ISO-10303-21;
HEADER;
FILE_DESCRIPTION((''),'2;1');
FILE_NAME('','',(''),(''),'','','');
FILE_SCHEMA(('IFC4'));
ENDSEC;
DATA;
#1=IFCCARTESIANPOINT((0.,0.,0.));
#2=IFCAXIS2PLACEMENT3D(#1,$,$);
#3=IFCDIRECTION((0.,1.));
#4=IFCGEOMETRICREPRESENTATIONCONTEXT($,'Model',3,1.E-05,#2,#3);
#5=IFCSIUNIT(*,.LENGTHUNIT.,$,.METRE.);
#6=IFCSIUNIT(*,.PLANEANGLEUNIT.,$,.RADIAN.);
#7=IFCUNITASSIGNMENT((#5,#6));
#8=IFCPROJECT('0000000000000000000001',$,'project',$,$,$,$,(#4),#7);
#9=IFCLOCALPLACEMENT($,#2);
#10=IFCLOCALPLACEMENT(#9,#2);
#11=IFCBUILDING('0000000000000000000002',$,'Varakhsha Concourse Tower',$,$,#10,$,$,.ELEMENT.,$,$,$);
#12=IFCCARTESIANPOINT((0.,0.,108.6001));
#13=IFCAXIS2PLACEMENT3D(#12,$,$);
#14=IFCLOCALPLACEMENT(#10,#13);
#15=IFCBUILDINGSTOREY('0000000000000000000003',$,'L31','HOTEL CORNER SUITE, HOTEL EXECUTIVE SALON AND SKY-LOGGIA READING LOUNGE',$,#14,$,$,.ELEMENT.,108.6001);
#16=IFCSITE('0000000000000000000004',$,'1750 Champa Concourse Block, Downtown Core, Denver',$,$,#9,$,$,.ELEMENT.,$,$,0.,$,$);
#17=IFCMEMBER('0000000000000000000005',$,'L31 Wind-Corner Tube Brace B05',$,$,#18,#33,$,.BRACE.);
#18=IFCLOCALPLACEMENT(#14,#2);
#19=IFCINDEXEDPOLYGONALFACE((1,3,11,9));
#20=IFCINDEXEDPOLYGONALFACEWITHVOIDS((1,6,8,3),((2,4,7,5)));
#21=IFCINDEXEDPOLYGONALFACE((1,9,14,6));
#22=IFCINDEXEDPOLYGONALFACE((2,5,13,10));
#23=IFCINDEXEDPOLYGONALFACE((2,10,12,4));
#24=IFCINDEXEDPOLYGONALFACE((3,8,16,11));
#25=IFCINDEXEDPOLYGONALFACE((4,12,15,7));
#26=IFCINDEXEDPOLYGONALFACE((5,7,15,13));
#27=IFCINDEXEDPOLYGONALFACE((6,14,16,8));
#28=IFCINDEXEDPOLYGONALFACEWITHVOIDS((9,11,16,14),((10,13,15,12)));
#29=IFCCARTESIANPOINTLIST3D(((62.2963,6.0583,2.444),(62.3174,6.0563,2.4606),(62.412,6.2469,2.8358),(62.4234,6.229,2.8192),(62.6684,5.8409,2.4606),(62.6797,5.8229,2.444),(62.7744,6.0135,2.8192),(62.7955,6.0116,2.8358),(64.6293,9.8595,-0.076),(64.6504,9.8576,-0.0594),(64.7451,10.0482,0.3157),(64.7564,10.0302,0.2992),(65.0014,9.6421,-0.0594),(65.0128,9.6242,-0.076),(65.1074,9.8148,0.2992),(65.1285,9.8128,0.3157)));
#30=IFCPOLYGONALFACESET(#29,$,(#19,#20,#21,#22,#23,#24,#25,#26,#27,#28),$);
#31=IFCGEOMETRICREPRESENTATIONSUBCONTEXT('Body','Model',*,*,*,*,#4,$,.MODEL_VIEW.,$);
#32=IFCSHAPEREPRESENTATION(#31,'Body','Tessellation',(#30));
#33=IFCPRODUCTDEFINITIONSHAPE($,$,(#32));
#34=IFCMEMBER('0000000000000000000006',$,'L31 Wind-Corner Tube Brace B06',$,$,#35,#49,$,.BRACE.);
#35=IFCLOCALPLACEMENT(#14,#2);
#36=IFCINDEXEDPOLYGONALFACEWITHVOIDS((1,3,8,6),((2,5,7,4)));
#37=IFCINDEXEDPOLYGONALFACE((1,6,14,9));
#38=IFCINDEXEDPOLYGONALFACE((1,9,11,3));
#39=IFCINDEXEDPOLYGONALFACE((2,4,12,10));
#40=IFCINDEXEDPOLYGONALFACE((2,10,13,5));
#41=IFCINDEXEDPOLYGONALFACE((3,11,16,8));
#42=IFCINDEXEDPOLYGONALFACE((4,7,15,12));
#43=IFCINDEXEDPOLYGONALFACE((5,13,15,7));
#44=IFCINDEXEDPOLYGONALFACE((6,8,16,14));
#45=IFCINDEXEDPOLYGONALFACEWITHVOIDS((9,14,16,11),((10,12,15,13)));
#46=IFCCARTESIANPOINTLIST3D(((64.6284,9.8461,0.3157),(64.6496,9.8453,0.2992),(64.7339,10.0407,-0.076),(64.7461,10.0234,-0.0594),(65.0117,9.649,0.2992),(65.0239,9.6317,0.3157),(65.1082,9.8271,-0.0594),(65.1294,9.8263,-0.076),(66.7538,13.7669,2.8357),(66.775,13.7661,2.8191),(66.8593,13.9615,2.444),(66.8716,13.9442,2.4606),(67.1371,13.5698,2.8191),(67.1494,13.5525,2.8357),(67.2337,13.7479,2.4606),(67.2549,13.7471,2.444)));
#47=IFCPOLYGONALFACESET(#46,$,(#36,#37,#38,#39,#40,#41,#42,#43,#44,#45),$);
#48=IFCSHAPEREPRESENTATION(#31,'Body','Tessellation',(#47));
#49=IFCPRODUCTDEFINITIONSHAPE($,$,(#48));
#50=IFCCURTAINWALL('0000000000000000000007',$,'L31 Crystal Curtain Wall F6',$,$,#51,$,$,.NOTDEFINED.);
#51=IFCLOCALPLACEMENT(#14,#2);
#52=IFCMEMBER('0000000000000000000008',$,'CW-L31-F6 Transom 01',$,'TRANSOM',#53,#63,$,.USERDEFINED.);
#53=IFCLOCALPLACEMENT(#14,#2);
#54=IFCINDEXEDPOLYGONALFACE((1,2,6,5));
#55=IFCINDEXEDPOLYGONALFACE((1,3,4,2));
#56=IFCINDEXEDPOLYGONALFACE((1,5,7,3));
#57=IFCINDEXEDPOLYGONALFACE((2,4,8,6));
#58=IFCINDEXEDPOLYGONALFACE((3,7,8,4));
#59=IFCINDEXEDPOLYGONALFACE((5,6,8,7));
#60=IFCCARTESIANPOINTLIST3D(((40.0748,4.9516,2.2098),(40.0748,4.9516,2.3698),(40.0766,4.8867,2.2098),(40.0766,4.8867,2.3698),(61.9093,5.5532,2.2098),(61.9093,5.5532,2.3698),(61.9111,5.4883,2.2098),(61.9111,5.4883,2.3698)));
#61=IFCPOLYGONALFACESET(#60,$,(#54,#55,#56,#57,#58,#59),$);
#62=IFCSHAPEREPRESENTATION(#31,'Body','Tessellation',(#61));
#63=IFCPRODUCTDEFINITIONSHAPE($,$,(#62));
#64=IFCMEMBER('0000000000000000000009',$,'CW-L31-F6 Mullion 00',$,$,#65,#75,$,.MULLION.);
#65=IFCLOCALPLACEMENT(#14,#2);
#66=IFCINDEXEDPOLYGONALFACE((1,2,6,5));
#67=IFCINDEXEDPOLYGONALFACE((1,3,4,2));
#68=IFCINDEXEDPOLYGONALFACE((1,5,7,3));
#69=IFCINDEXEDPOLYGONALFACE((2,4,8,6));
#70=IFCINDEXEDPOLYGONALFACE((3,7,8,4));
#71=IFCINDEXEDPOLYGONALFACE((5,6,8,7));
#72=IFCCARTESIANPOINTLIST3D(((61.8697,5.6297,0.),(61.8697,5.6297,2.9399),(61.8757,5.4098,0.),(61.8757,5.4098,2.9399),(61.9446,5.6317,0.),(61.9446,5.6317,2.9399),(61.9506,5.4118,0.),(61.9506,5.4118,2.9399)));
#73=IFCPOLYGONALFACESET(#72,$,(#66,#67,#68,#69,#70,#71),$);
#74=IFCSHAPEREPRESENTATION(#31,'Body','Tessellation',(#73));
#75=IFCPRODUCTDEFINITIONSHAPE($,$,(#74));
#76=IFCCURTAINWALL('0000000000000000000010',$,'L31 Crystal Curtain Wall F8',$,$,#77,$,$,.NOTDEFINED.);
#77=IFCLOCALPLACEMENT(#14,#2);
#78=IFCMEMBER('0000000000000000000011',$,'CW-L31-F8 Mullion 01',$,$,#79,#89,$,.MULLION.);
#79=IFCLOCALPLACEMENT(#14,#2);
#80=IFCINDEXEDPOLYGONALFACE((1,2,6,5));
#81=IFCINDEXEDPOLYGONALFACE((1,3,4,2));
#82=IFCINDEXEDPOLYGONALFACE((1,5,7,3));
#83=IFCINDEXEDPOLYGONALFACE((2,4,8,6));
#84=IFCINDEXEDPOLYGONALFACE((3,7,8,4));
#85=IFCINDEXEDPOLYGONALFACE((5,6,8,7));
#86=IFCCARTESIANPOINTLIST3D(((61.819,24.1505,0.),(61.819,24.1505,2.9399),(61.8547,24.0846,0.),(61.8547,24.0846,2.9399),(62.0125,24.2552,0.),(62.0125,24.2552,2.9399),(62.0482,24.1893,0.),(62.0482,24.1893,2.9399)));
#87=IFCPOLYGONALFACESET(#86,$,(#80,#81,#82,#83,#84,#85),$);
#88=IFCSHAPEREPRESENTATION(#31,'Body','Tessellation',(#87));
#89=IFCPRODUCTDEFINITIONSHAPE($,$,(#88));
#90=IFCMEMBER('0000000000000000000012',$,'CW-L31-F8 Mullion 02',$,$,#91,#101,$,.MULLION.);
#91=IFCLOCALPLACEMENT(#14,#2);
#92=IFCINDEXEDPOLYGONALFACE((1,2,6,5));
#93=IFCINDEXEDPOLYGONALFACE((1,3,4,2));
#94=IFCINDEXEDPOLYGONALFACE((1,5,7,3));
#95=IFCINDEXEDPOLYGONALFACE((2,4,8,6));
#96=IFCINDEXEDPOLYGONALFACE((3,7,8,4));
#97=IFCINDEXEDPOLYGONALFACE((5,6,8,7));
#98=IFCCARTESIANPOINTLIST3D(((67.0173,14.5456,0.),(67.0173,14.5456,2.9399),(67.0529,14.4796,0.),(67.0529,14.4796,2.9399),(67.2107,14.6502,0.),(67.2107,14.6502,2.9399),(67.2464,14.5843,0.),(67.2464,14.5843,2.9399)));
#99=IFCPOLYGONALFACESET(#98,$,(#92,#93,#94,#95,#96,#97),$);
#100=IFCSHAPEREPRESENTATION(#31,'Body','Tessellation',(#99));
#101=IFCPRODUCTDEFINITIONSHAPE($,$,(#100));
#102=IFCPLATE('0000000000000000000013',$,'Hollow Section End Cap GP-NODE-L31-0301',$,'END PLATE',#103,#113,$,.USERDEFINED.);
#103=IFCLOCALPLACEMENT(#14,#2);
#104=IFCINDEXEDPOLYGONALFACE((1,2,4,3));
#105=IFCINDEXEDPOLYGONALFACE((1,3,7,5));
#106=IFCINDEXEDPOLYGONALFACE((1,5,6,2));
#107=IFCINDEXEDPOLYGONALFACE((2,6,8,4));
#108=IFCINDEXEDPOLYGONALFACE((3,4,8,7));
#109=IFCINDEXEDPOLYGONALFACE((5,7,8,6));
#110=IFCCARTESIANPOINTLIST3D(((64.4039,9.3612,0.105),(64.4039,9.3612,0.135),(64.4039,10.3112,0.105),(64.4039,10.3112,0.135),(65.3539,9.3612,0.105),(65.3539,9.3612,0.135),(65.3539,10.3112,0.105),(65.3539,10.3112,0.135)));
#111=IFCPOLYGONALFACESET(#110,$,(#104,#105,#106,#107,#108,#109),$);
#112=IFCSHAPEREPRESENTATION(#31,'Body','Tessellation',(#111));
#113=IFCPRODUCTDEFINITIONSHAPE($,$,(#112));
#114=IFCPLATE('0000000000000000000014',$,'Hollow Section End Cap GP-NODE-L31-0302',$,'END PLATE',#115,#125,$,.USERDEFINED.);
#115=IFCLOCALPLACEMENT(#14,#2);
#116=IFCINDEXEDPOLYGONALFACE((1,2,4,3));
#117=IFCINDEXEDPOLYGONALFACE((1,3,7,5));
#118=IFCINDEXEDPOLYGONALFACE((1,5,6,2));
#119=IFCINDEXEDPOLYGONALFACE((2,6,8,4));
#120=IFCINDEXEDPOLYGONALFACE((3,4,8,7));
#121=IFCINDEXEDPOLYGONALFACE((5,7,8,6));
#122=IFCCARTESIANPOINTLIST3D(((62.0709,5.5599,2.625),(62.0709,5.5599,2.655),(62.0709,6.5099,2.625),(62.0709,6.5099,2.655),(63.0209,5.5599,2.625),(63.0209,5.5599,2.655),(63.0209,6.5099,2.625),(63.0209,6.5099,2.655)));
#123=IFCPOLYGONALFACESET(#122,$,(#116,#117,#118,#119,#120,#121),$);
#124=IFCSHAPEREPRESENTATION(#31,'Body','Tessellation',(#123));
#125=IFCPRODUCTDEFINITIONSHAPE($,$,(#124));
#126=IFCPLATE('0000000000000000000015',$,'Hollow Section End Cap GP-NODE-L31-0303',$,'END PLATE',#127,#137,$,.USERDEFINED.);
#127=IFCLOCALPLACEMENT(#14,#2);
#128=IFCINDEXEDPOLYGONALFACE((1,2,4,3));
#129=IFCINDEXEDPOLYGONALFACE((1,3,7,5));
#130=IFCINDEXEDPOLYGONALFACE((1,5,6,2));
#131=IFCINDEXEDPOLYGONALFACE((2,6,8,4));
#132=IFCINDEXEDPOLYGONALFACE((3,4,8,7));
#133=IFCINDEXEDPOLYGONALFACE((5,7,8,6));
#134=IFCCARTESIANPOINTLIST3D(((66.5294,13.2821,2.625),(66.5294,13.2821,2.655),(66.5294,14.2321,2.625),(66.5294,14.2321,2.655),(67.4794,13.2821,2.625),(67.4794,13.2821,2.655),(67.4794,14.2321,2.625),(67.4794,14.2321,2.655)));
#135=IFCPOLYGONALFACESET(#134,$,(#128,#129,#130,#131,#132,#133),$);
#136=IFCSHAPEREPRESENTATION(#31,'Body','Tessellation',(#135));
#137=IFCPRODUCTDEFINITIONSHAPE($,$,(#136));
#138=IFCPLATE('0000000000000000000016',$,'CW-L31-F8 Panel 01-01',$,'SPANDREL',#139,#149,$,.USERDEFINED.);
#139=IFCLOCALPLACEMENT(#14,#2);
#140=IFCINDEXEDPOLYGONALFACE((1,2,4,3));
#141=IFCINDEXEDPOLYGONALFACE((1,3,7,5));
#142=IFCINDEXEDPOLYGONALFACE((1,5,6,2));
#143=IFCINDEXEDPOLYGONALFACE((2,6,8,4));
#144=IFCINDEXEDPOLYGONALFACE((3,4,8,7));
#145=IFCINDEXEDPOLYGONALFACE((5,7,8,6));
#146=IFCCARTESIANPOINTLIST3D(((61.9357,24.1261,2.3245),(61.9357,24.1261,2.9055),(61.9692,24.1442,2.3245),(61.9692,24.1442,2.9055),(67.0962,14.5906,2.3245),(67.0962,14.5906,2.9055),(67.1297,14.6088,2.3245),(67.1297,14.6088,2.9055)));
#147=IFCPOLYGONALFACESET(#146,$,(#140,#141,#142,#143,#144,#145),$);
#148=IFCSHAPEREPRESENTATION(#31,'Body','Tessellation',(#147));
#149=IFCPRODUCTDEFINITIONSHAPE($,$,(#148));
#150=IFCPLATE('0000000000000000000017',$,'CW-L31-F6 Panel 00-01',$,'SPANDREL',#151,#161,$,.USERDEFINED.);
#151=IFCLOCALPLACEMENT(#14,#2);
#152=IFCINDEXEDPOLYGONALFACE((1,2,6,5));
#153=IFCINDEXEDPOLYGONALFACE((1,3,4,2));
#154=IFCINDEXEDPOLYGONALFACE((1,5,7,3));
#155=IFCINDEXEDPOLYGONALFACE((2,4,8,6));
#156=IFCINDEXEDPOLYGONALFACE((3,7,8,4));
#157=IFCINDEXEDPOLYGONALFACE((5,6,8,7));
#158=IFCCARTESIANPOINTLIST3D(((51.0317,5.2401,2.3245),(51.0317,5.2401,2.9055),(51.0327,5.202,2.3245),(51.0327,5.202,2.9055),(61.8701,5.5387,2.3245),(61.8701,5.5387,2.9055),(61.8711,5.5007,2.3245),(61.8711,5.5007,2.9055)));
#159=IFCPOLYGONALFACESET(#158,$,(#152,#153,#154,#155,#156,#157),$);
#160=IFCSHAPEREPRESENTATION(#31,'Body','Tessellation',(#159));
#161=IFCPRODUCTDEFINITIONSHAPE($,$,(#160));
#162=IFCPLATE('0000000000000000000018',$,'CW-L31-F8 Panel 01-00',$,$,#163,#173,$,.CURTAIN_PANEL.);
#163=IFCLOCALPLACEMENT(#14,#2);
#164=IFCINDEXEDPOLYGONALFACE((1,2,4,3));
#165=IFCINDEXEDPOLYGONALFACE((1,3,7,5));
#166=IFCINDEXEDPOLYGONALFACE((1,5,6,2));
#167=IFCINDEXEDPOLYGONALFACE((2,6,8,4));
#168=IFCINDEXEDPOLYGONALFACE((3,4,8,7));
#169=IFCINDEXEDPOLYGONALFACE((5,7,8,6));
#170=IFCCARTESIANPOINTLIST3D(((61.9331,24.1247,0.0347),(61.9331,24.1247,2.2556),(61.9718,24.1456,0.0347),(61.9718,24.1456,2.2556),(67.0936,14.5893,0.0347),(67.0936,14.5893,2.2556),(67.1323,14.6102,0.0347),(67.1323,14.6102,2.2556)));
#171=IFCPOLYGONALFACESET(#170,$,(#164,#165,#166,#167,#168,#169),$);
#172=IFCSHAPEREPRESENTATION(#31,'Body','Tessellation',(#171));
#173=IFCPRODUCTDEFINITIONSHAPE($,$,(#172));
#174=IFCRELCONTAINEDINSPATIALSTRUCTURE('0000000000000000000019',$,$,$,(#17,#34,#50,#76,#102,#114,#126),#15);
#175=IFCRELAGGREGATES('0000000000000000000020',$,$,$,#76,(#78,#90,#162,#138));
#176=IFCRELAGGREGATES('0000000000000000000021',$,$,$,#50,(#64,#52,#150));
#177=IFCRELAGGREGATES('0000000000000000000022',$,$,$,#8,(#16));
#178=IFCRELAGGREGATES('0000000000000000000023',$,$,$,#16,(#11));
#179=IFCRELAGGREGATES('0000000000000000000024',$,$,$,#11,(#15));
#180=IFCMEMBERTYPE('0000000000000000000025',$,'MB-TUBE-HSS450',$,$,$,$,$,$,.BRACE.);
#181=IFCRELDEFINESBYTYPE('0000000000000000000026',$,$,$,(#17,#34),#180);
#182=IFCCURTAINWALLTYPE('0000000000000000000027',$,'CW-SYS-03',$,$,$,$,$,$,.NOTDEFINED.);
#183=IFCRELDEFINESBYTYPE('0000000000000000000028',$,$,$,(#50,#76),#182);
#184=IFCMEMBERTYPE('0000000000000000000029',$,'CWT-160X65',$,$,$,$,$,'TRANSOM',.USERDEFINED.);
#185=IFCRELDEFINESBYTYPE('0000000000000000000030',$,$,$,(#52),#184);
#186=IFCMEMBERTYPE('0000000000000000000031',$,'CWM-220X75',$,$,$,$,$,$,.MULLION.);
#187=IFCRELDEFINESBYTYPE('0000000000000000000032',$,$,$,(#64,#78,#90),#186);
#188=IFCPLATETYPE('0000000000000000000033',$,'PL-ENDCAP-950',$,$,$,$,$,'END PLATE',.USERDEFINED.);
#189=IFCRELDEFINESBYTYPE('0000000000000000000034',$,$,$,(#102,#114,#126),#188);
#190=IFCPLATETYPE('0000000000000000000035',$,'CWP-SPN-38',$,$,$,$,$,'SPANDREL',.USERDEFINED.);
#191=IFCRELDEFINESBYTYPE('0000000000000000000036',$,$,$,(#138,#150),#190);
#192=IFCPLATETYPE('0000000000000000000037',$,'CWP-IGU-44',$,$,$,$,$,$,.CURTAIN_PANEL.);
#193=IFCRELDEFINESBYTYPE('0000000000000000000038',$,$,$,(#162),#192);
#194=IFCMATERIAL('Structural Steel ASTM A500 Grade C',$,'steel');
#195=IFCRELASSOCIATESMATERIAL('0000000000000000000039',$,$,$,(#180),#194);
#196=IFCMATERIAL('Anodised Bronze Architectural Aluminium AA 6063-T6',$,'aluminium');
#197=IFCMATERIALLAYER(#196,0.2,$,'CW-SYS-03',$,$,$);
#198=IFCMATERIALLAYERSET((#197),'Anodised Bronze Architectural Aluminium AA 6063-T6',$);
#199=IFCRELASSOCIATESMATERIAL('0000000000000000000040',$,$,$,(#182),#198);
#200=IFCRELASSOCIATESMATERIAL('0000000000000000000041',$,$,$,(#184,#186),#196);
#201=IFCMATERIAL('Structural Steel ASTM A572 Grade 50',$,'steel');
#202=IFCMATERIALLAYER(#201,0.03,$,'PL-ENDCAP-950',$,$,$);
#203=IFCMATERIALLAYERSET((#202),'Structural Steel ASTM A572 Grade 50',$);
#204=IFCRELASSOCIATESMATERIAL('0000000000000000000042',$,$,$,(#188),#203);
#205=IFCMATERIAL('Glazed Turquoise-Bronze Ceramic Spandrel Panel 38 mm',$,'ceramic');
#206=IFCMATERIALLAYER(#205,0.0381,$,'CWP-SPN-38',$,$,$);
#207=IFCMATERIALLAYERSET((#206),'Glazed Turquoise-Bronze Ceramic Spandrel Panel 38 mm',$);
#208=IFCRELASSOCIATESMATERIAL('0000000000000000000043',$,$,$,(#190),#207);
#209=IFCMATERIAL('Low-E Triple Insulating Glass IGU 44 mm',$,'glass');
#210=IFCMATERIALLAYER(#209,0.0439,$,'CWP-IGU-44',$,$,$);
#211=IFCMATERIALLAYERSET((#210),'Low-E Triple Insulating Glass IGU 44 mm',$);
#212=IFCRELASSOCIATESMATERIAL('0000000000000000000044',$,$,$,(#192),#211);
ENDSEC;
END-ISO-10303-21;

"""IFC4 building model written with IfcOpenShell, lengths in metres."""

from ifc_helpers import new_model, si_unit, direction, frame, origin, origin_2d, place, context, subcontext, project, spatial, rectangle, hollow_rectangle, extrude, source, transform, mapped, material, layer, layer_set, material_profile, profile_set, type_object, type_shapes, element, aggregate, save


model = new_model("IFC4")

# Units and contexts
model_context = context("Model", 3, precision=1e-05, world=origin(), true_north=direction((0.0, 1.0)))
body_context = subcontext(model_context, "Body", "Model", "MODEL_VIEW")
ifc_project = project(units=[si_unit("LENGTHUNIT", "METRE"), si_unit("PLANEANGLEUNIT", "RADIAN")], contexts=[model_context])

# Site, building, storey
site_placement = place(None, origin())
site = spatial("IfcSite", under=ifc_project, at=site_placement, Name="1750 Champa Concourse Block, Downtown Core, Denver", CompositionType="ELEMENT", RefElevation=0.0)
building_placement = place(site_placement, origin())
building = spatial("IfcBuilding", under=site, at=building_placement, Name="Varakhsha Concourse Tower", CompositionType="ELEMENT")
storey_placement = place(building_placement, frame((0.0, 0.0, 108.6001)))
storey = spatial("IfcBuildingStorey", under=building, at=storey_placement, Name="L31", Description="HOTEL CORNER SUITE, HOTEL EXECUTIVE SALON AND SKY-LOGGIA READING LOUNGE", CompositionType="ELEMENT", Elevation=108.6001)

# Shared definitions
ifc_material_1 = material(Name="Structural Steel ASTM A572 Grade 50", Category="steel")

# Members
ifc_material_2 = material(Name="Structural Steel ASTM A500 Grade C", Category="steel")
ifc_material_profile_1 = material_profile(ifc_material_2, hollow_rectangle(XDim=0.45, YDim=0.45, WallThickness=0.019, at=origin_2d()), Name="HSS 450x450x19")
ifc_profile_set_1 = profile_set([ifc_material_profile_1], Name="Structural Steel ASTM A500 Grade C")
member_type_1 = type_object("IfcMemberType", Name="MB-TUBE-HSS450", PredefinedType="BRACE", material=ifc_profile_set_1)
shared_shape_1 = source(origin(), body_context, "Body", "SweptSolid", [
    extrude(hollow_rectangle(XDim=0.45, YDim=0.45, WallThickness=0.019, at=origin_2d()), origin(), (0.0, 0.0, 1.0), 5.1228),
])
member_1_placement = place(storey_placement, frame((64.8789, 9.8362, 0.1199), z_axis=(-0.455417, -0.74203, 0.491922), x_axis=(0.852282, -0.523083, 0.0)))
element("IfcMember", 1, at=member_1_placement, inside=storey, type_object=member_type_1, Name="L31 Wind-Corner Tube Brace B05", PredefinedType="BRACE", context=body_context, shape_type="MappedRepresentation", body=[
    mapped(shared_shape_1, transform((0.0, 0.0, 0.0), scale=1.0)),
])
shared_shape_2 = source(origin(), body_context, "Body", "SweptSolid", [
    extrude(hollow_rectangle(XDim=0.45, YDim=0.45, WallThickness=0.019, at=origin_2d()), origin(), (0.0, 0.0, 1.0), 5.1226),
])
type_shapes(member_type_1, [shared_shape_1, shared_shape_2])
member_2_placement = place(storey_placement, frame((64.8789, 9.8362, 0.1199), z_axis=(0.414919, 0.765403, 0.491936), x_axis=(-0.879135, 0.476572, 0.0)))
element("IfcMember", 2, at=member_2_placement, inside=storey, type_object=member_type_1, Name="L31 Wind-Corner Tube Brace B06", PredefinedType="BRACE", context=body_context, shape_type="MappedRepresentation", body=[
    mapped(shared_shape_2, transform((0.0, 0.0, 0.0), scale=1.0)),
])

# Curtain walls, members
ifc_material_3 = material(Name="Anodised Bronze Architectural Aluminium AA 6063-T6", Category="aluminium")
ifc_layer_1 = layer(ifc_material_3, 0.2, Name="CW-SYS-03")
ifc_layer_set_1 = layer_set([ifc_layer_1], Name="Anodised Bronze Architectural Aluminium AA 6063-T6")
curtain_wall_type = type_object("IfcCurtainWallType", Name="CW-SYS-03", PredefinedType="NOTDEFINED", material=ifc_layer_set_1)
curtain_wall_1_placement = place(storey_placement, origin())
curtain_wall_1 = element("IfcCurtainWall", 3, at=curtain_wall_1_placement, inside=storey, type_object=curtain_wall_type, Name="L31 Crystal Curtain Wall F6", PredefinedType="NOTDEFINED")
ifc_material_profile_2 = material_profile(ifc_material_3, rectangle(XDim=0.0649, YDim=0.1599, at=origin_2d()), Name="CWT-160X65")
ifc_profile_set_2 = profile_set([ifc_material_profile_2], Name="Anodised Bronze Architectural Aluminium AA 6063-T6")
member_type_2 = type_object("IfcMemberType", Name="CWT-160X65", ElementType="TRANSOM", PredefinedType="USERDEFINED", material=ifc_profile_set_2)
shared_shape_3 = source(origin(), body_context, "Body", "SweptSolid", [
    extrude(rectangle(XDim=0.0649, YDim=0.1599, at=origin_2d()), origin(), (0.0, 0.0, 1.0), 21.8428),
])
type_shapes(member_type_2, [shared_shape_3])
member_3_placement = place(storey_placement, frame((61.9102, 5.5208, 2.2898), z_axis=(-0.999621, -0.027541, 0.0), x_axis=(0.027541, -0.999621, 0.0)))
member_3 = element("IfcMember", 4, at=member_3_placement, type_object=member_type_2, Name="CW-L31-F6 Transom 01", ObjectType="TRANSOM", PredefinedType="USERDEFINED", context=body_context, shape_type="MappedRepresentation", body=[
    mapped(shared_shape_3, transform((0.0, 0.0, 0.0), scale=1.0)),
])
ifc_material_profile_3 = material_profile(ifc_material_3, rectangle(XDim=0.075, YDim=0.22, at=origin_2d()), Name="CWM-220X75")
ifc_profile_set_3 = profile_set([ifc_material_profile_3], Name="Anodised Bronze Architectural Aluminium AA 6063-T6")
member_type_3 = type_object("IfcMemberType", Name="CWM-220X75", PredefinedType="MULLION", material=ifc_profile_set_3)
shared_shape_4 = source(origin(), body_context, "Body", "SweptSolid", [
    extrude(rectangle(XDim=0.075, YDim=0.22, at=origin_2d()), origin(), (0.0, 0.0, 1.0), 2.9399),
])
type_shapes(member_type_3, [shared_shape_4])
member_4_placement = place(storey_placement, frame((61.9102, 5.5208, 0.0), z_axis=(0.0, 0.0, 1.0), x_axis=(-0.999621, -0.027547, 0.0)))
member_4 = element("IfcMember", 5, at=member_4_placement, type_object=member_type_3, Name="CW-L31-F6 Mullion 00", PredefinedType="MULLION", context=body_context, shape_type="MappedRepresentation", body=[
    mapped(shared_shape_4, transform((0.0, 0.0, 0.0), scale=1.0)),
])
curtain_wall_2_placement = place(storey_placement, origin())
curtain_wall_2 = element("IfcCurtainWall", 6, at=curtain_wall_2_placement, inside=storey, type_object=curtain_wall_type, Name="L31 Crystal Curtain Wall F8", PredefinedType="NOTDEFINED")
member_5_placement = place(storey_placement, frame((61.9336, 24.1699, 0.0), z_axis=(0.0, 0.0, 1.0), x_axis=(0.475959, -0.879468, 0.0)))
member_5 = element("IfcMember", 7, at=member_5_placement, type_object=member_type_3, Name="CW-L31-F8 Mullion 01", PredefinedType="MULLION", context=body_context, shape_type="MappedRepresentation", body=[
    mapped(shared_shape_4, transform((0.0, 0.0, 0.0), scale=1.0)),
])
member_6_placement = place(storey_placement, frame((67.1318, 14.5649, 0.0), z_axis=(0.0, 0.0, 1.0), x_axis=(0.475959, -0.879468, 0.0)))
member_6 = element("IfcMember", 8, at=member_6_placement, type_object=member_type_3, Name="CW-L31-F8 Mullion 02", PredefinedType="MULLION", context=body_context, shape_type="MappedRepresentation", body=[
    mapped(shared_shape_4, transform((0.0, 0.0, 0.0), scale=1.0)),
])

# Plates
ifc_layer_2 = layer(ifc_material_1, 0.03, Name="PL-ENDCAP-950")
ifc_layer_set_2 = layer_set([ifc_layer_2], Name="Structural Steel ASTM A572 Grade 50")
plate_type_1 = type_object("IfcPlateType", Name="PL-ENDCAP-950", ElementType="END PLATE", PredefinedType="USERDEFINED", material=ifc_layer_set_2)
shared_shape_5 = source(origin(), body_context, "Body", "SweptSolid", [
    extrude(rectangle(XDim=0.95, YDim=0.95, at=origin_2d()), origin(), (0.0, 0.0, 1.0), 0.03),
])
type_shapes(plate_type_1, [shared_shape_5])
for number, where, z_axis, x_axis, name in (
    (9, (64.8789, 9.8362, 0.105), (0.0, 0.0, 1.0), (1.0, 0.0, 0.0), "Hollow Section End Cap GP-NODE-L31-0301"),
    (10, (62.5459, 6.0349, 2.625), (0.0, 0.0, 1.0), (1.0, 0.0, 0.0), "Hollow Section End Cap GP-NODE-L31-0302"),
    (11, (67.0044, 13.7571, 2.625), (0.0, 0.0, 1.0), (1.0, 0.0, 0.0), "Hollow Section End Cap GP-NODE-L31-0303"),
):
    element("IfcPlate", number, at=place(storey_placement, frame(where, z_axis=z_axis, x_axis=x_axis)), inside=storey, type_object=plate_type_1, Name=name, ObjectType="END PLATE", PredefinedType="USERDEFINED", context=body_context, shape_type="MappedRepresentation", body=[
        mapped(shared_shape_5, transform((0.0, 0.0, 0.0), scale=1.0)),
    ])

# Plates
ifc_material_4 = material(Name="Glazed Turquoise-Bronze Ceramic Spandrel Panel 38 mm", Category="ceramic")
ifc_layer_3 = layer(ifc_material_4, 0.0381, Name="CWP-SPN-38")
ifc_layer_set_3 = layer_set([ifc_layer_3], Name="Glazed Turquoise-Bronze Ceramic Spandrel Panel 38 mm")
plate_type_2 = type_object("IfcPlateType", Name="CWP-SPN-38", ElementType="SPANDREL", PredefinedType="USERDEFINED", material=ifc_layer_set_3)
shared_shape_6 = source(origin(), body_context, "Body", "SweptSolid", [
    extrude(rectangle(XDim=10.8423, YDim=0.0381, at=origin_2d()), origin(), (0.0, 0.0, 1.0), 0.5811),
])
plate_1_placement = place(storey_placement, frame((64.5327, 19.3674, 2.3245), z_axis=(0.0, 0.0, 1.0), x_axis=(0.475959, -0.879468, 0.0)))
plate_1 = element("IfcPlate", 12, at=plate_1_placement, type_object=plate_type_2, Name="CW-L31-F8 Panel 01-01", ObjectType="SPANDREL", PredefinedType="USERDEFINED", context=body_context, shape_type="MappedRepresentation", body=[
    mapped(shared_shape_6, transform((0.0, 0.0, 0.0), scale=1.0)),
])
shared_shape_7 = source(origin(), body_context, "Body", "SweptSolid", [
    extrude(rectangle(XDim=10.8425, YDim=0.0381, at=origin_2d()), origin(), (0.0, 0.0, 1.0), 0.5811),
])
type_shapes(plate_type_2, [shared_shape_6, shared_shape_7])
plate_2_placement = place(storey_placement, frame((56.4514, 5.3704, 2.3245), z_axis=(0.0, 0.0, 1.0), x_axis=(-0.999621, -0.027547, 0.0)))
plate_2 = element("IfcPlate", 13, at=plate_2_placement, type_object=plate_type_2, Name="CW-L31-F6 Panel 00-01", ObjectType="SPANDREL", PredefinedType="USERDEFINED", context=body_context, shape_type="MappedRepresentation", body=[
    mapped(shared_shape_7, transform((0.0, 0.0, 0.0), scale=1.0)),
])
ifc_material_5 = material(Name="Low-E Triple Insulating Glass IGU 44 mm", Category="glass")
ifc_layer_4 = layer(ifc_material_5, 0.0439, Name="CWP-IGU-44")
ifc_layer_set_4 = layer_set([ifc_layer_4], Name="Low-E Triple Insulating Glass IGU 44 mm")
plate_type_3 = type_object("IfcPlateType", Name="CWP-IGU-44", PredefinedType="CURTAIN_PANEL", material=ifc_layer_set_4)
shared_shape_8 = source(origin(), body_context, "Body", "SweptSolid", [
    extrude(rectangle(XDim=10.8423, YDim=0.0439, at=origin_2d()), origin(), (0.0, 0.0, 1.0), 2.2209),
])
plate_3_placement = place(storey_placement, frame((64.5327, 19.3674, 0.0347), z_axis=(0.0, 0.0, 1.0), x_axis=(0.475959, -0.879468, 0.0)))
plate_3 = element("IfcPlate", 14, at=plate_3_placement, type_object=plate_type_3, Name="CW-L31-F8 Panel 01-00", PredefinedType="CURTAIN_PANEL", context=body_context, shape_type="MappedRepresentation", body=[
    mapped(shared_shape_8, transform((0.0, 0.0, 0.0), scale=1.0)),
])
aggregate(curtain_wall_2, [member_5, member_6, plate_3, plate_1])
aggregate(curtain_wall_1, [member_4, member_3, plate_2])

save(model, "model.ifc")
